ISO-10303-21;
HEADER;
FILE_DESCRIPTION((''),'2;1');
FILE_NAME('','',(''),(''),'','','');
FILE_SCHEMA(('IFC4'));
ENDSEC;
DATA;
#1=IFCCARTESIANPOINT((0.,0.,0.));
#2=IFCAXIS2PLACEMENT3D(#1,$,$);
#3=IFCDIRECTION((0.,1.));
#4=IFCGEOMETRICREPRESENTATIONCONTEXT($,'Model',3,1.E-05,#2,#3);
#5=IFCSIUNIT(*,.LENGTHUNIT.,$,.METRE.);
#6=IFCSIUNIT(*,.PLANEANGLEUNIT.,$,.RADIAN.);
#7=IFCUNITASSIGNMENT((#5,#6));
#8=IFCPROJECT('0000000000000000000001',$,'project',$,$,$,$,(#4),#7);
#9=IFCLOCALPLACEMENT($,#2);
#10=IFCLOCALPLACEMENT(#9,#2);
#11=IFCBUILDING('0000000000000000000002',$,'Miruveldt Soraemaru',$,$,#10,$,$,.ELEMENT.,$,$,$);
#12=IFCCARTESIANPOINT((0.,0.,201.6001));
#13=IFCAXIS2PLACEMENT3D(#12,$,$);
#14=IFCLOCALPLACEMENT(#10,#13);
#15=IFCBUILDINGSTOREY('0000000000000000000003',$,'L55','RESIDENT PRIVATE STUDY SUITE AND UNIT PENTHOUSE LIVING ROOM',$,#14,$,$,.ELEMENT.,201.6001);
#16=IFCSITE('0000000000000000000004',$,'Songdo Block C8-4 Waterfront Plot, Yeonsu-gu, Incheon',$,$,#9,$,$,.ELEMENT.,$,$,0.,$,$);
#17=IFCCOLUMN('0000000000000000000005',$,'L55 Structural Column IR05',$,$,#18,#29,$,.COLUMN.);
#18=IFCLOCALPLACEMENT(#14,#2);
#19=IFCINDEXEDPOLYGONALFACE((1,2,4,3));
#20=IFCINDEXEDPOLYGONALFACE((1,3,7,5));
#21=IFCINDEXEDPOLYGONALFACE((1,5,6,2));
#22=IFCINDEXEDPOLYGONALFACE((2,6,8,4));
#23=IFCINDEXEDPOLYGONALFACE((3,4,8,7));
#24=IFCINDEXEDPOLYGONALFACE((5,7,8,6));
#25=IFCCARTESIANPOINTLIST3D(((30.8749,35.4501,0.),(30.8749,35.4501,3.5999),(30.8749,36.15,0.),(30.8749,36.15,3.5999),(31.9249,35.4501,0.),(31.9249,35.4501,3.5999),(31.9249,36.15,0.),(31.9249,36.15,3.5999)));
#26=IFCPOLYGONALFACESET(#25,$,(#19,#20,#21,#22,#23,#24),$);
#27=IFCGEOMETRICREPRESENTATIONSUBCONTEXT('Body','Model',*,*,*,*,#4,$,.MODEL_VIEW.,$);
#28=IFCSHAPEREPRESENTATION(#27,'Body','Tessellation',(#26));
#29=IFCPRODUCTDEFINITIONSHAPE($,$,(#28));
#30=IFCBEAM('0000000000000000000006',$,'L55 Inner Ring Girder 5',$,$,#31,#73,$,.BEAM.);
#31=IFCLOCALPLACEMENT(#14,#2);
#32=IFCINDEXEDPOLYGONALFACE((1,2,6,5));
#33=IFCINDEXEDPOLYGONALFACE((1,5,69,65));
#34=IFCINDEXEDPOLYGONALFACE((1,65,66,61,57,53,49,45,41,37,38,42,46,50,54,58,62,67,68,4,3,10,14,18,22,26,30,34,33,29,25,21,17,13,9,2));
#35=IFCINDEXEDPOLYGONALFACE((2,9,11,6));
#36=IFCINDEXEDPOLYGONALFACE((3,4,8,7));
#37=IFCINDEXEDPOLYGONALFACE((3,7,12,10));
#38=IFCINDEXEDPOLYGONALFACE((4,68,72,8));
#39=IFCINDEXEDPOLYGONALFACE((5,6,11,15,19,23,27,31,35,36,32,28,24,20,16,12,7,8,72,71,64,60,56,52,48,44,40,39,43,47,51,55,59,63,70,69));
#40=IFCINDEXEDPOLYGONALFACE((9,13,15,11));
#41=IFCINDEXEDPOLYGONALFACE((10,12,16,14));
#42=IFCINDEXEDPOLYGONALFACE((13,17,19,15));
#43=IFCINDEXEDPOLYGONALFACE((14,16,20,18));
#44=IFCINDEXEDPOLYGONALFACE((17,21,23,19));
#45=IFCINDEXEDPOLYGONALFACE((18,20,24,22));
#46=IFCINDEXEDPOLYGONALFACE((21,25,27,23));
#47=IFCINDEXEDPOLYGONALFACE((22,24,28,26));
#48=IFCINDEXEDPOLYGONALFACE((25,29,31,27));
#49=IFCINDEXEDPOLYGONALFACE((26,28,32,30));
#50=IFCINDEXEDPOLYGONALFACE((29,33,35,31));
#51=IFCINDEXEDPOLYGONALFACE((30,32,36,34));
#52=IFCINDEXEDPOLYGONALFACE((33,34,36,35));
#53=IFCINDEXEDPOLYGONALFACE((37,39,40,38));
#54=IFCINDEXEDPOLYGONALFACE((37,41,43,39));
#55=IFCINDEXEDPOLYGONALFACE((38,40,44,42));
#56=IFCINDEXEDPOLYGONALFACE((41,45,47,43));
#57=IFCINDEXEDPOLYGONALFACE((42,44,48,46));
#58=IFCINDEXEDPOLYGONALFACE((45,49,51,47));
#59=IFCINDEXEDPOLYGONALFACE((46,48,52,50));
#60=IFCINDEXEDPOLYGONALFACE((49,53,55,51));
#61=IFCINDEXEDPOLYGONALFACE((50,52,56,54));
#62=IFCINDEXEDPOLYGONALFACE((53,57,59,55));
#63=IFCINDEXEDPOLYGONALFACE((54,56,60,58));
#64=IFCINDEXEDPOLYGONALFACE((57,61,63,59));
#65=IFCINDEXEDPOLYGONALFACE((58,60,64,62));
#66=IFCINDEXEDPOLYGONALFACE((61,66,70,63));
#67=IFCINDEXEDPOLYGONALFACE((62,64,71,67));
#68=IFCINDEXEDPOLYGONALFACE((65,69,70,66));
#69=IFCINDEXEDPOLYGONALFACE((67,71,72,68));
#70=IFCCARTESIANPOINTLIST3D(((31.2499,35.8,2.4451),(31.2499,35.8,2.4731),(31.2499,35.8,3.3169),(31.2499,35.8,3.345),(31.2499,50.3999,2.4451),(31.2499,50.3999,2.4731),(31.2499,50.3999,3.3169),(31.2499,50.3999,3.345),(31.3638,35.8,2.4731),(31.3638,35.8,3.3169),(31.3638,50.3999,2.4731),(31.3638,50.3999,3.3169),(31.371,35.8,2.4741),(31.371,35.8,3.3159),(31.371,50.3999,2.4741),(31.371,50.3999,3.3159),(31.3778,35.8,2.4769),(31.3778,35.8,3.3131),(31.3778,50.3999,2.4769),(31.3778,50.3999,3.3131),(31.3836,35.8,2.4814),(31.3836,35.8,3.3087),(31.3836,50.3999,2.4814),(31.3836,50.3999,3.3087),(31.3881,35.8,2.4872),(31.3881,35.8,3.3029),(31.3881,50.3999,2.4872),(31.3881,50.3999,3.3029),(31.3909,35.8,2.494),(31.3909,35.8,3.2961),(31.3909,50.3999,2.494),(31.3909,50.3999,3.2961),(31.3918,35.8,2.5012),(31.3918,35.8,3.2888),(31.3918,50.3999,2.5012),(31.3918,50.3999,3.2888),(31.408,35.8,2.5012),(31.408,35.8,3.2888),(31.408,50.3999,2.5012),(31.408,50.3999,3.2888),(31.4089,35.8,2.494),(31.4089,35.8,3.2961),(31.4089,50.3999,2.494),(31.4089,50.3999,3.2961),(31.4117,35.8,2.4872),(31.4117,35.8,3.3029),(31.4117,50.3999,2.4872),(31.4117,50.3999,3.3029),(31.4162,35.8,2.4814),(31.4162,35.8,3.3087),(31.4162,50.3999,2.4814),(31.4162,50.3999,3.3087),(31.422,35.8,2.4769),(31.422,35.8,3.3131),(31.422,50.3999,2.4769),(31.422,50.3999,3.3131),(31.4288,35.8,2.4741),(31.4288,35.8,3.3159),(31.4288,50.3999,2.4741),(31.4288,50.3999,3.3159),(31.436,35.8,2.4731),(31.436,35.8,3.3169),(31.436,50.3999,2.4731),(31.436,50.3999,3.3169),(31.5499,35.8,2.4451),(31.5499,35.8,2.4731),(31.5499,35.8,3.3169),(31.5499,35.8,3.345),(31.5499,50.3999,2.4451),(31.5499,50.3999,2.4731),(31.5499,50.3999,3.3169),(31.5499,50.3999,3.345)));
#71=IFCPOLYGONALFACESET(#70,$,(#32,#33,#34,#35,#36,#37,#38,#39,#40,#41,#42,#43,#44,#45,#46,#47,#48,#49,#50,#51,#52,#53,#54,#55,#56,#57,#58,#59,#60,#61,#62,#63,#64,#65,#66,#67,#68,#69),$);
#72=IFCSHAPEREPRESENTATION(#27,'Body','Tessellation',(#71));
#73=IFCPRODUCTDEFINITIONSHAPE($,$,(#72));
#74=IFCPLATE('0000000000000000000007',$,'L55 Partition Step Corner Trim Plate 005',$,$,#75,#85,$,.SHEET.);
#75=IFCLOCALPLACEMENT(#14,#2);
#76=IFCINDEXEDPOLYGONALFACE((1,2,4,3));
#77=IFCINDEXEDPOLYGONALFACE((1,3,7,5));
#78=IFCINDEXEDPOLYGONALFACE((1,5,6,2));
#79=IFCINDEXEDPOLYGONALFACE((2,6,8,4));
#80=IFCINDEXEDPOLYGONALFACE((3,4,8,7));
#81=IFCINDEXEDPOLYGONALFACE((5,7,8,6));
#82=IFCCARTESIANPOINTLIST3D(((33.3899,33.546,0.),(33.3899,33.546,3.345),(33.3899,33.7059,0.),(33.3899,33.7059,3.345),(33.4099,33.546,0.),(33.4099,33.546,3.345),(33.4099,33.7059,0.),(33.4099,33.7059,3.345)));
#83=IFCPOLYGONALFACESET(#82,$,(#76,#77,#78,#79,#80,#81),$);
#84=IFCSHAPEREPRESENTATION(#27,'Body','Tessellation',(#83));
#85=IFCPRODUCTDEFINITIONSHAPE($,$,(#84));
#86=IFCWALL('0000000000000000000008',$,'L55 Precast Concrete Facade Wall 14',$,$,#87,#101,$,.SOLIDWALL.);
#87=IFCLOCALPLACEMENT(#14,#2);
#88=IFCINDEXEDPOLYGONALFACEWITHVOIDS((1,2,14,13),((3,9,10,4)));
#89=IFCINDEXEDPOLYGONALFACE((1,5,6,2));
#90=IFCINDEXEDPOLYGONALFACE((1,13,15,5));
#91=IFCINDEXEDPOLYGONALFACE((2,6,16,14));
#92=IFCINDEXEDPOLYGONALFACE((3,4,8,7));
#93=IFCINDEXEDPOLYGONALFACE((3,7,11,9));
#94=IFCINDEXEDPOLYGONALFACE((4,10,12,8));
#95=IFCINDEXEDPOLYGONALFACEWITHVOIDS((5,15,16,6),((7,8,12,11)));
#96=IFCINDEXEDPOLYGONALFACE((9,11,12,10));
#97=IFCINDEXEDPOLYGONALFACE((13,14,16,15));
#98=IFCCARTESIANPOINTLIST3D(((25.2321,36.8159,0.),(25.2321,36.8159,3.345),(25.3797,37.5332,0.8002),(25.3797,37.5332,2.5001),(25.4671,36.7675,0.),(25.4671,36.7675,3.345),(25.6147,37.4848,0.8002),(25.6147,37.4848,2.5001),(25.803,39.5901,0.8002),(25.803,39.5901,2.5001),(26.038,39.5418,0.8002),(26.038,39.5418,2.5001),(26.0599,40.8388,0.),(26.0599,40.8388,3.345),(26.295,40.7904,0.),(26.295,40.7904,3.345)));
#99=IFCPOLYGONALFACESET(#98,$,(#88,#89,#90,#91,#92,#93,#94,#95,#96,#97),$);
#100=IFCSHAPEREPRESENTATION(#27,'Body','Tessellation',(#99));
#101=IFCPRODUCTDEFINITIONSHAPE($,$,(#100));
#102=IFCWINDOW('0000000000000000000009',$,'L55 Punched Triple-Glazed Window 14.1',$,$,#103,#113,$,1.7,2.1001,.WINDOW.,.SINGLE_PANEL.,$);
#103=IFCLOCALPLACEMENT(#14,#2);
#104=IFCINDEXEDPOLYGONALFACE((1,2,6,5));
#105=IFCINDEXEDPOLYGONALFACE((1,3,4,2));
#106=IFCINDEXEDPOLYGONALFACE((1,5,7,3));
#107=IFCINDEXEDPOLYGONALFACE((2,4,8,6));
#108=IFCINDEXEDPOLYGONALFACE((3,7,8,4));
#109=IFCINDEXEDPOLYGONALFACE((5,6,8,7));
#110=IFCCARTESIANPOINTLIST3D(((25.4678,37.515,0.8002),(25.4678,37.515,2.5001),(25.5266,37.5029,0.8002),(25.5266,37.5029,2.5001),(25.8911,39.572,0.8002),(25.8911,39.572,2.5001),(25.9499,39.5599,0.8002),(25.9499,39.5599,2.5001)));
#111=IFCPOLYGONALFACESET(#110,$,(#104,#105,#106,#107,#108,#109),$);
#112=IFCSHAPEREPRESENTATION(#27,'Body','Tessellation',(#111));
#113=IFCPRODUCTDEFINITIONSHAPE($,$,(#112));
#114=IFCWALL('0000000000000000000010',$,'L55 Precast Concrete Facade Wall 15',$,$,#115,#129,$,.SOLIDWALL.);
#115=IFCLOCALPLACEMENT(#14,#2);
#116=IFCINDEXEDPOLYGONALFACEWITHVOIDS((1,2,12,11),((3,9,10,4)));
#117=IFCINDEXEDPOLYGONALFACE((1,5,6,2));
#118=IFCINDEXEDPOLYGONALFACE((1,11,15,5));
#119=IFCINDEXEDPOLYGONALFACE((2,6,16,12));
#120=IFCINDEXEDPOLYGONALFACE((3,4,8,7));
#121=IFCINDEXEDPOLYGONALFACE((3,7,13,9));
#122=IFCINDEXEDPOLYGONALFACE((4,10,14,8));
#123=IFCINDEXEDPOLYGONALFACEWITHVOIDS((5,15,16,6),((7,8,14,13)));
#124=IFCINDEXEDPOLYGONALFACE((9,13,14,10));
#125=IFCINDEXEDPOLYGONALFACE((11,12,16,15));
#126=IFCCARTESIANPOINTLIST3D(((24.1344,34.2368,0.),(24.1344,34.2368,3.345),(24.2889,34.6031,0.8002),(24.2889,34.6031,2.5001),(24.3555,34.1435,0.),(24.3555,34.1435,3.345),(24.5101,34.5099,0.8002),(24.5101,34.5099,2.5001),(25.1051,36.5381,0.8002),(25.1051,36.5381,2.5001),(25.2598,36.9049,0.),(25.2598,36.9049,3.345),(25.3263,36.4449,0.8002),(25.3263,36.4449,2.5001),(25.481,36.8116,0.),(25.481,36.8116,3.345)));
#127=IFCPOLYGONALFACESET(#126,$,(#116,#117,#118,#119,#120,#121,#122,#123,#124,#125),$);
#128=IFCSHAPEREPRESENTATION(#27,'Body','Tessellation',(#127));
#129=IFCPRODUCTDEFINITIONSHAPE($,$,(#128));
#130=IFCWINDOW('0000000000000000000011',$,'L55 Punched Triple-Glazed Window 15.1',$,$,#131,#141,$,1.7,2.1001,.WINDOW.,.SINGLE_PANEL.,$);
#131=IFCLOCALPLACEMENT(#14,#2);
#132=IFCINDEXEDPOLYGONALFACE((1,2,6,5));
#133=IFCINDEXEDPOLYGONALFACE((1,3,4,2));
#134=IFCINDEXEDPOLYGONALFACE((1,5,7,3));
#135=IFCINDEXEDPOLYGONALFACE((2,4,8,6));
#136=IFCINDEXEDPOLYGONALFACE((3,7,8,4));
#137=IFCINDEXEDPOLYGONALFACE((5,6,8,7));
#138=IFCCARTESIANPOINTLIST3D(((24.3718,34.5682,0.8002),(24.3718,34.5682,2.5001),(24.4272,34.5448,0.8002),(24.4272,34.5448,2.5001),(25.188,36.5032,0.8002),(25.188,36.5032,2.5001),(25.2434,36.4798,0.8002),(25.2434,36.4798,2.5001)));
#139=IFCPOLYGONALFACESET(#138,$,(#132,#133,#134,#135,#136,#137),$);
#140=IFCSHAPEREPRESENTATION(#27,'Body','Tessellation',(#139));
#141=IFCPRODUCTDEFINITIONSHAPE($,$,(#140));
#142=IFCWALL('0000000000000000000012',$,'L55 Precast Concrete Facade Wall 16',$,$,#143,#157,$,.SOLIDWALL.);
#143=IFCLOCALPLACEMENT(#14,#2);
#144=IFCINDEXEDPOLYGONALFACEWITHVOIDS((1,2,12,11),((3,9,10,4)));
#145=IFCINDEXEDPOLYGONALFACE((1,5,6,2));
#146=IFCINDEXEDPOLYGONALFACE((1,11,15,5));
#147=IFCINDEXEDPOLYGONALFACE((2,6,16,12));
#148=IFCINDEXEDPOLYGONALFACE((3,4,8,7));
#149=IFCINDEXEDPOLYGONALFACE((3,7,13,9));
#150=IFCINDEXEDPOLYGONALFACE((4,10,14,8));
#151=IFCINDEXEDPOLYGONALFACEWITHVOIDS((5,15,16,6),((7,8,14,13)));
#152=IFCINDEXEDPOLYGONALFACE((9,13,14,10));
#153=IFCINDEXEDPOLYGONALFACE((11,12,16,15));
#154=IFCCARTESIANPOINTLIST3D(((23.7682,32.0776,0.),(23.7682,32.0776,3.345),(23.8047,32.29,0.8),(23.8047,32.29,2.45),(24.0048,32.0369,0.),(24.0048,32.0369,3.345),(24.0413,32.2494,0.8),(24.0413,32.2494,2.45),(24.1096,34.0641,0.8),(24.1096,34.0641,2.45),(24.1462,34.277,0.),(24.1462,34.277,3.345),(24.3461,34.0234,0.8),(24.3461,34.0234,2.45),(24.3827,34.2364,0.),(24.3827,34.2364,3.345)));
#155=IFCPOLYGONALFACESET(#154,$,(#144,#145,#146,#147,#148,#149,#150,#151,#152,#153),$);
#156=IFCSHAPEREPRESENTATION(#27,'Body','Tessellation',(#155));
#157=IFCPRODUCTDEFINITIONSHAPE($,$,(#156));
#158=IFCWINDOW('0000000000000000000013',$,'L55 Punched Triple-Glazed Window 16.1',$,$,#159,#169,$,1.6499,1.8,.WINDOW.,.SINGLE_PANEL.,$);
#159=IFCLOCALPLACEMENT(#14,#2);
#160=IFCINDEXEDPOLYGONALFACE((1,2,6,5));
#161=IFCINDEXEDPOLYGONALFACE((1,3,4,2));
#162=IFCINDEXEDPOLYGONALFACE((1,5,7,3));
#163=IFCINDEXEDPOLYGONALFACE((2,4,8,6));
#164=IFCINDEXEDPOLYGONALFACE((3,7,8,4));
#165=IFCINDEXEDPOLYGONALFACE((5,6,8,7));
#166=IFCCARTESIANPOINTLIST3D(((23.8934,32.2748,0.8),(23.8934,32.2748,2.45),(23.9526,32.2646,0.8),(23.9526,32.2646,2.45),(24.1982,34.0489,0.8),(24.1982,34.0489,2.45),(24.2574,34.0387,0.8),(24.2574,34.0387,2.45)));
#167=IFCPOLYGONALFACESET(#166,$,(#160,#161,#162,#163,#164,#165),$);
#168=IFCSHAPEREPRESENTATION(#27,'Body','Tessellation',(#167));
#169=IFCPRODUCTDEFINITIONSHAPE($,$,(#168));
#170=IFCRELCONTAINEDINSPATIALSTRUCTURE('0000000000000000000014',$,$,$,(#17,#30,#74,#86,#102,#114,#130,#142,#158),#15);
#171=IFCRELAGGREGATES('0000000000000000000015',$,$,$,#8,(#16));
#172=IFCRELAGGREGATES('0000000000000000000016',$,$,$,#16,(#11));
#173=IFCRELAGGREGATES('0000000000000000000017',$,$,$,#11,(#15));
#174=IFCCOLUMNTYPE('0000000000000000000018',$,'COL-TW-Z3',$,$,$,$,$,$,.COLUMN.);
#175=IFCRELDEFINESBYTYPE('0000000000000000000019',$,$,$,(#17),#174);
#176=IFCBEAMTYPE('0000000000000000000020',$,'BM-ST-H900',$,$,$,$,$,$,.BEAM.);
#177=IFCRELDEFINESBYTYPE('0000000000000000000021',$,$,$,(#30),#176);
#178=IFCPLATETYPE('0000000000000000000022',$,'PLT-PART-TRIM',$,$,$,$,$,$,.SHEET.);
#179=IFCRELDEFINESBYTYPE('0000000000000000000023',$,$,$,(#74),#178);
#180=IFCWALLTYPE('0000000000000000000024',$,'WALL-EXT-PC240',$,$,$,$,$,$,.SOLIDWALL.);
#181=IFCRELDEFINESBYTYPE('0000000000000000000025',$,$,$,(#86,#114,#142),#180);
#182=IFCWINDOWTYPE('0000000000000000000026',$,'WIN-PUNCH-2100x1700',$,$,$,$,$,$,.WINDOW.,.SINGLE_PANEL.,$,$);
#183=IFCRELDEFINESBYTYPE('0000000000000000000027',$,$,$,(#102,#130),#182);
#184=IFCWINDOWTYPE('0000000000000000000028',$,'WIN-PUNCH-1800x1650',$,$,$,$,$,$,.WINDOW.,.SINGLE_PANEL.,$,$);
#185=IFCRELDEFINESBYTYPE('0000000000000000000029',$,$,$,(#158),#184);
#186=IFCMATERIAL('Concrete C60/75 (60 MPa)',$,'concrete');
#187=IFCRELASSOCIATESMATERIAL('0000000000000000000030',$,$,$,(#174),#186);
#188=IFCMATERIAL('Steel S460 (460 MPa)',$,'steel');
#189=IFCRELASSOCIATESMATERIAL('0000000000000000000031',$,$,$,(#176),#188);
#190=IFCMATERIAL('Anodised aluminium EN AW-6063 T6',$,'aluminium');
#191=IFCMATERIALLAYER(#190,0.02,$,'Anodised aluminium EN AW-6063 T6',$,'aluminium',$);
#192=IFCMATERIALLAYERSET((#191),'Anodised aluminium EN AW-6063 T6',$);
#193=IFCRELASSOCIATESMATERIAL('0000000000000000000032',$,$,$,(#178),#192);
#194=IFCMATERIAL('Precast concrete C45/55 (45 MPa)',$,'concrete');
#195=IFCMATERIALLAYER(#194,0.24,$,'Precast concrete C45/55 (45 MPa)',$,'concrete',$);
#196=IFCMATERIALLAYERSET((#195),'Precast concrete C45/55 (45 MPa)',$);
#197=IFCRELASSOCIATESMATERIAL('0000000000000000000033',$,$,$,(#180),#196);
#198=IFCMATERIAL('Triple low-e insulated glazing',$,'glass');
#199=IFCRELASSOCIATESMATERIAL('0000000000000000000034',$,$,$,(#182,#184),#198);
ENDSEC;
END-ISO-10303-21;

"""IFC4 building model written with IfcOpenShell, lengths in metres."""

from ifc_helpers import new_model, si_unit, direction, frame, frame_2d, origin, origin_2d, place, context, subcontext, project, spatial, rectangle, i_section, extrude, material, layer, layer_set, material_profile, profile_set, type_object, element, fill, save


model = new_model("IFC4")

# Units and contexts
model_context = context("Model", 3, precision=1e-05, world=origin(), true_north=direction((0.0, 1.0)))
body_context = subcontext(model_context, "Body", "Model", "MODEL_VIEW")
ifc_project = project(units=[si_unit("LENGTHUNIT", "METRE"), si_unit("PLANEANGLEUNIT", "RADIAN")], contexts=[model_context])

# Site, building, storey
site_placement = place(None, origin())
site = spatial("IfcSite", under=ifc_project, at=site_placement, Name="Songdo Block C8-4 Waterfront Plot, Yeonsu-gu, Incheon", CompositionType="ELEMENT", RefElevation=0.0)
building_placement = place(site_placement, origin())
building = spatial("IfcBuilding", under=site, at=building_placement, Name="Miruveldt Soraemaru", CompositionType="ELEMENT")
storey_placement = place(building_placement, frame((0.0, 0.0, 201.6001)))
storey = spatial("IfcBuildingStorey", under=building, at=storey_placement, Name="L55", Description="RESIDENT PRIVATE STUDY SUITE AND UNIT PENTHOUSE LIVING ROOM", CompositionType="ELEMENT", Elevation=201.6001)

# Column
ifc_material_1 = material(Name="Concrete C60/75 (60 MPa)", Category="concrete")
ifc_material_profile_1 = material_profile(ifc_material_1, rectangle(XDim=1.05, YDim=0.7, at=origin_2d()), Name="Concrete C60/75 (60 MPa)", Category="concrete")
ifc_profile_set_1 = profile_set([ifc_material_profile_1], Name="Concrete C60/75 (60 MPa)")
column_type = type_object("IfcColumnType", Name="COL-TW-Z3", PredefinedType="COLUMN", material=ifc_profile_set_1)
column_placement = place(storey_placement, frame((31.3999, 35.8, 0.0), z_axis=(0.0, 0.0, 1.0), x_axis=(1.0, 0.0, 0.0)))
element("IfcColumn", 1, at=column_placement, inside=storey, type_object=column_type, Name="L55 Structural Column IR05", PredefinedType="COLUMN", context=body_context, shape_type="SweptSolid", body=[
    extrude(rectangle(XDim=1.05, YDim=0.7, at=origin_2d()), origin(), (0.0, 0.0, 1.0), 3.5999),
])

# Beam
ifc_material_2 = material(Name="Steel S460 (460 MPa)", Category="steel")
ifc_material_profile_2 = material_profile(ifc_material_2, i_section(OverallWidth=0.3, OverallDepth=0.8999, WebThickness=0.0161, FlangeThickness=0.0281, FilletRadius=0.0281, at=origin_2d()), Name="Steel S460 (460 MPa)", Category="steel")
ifc_profile_set_2 = profile_set([ifc_material_profile_2], Name="Steel S460 (460 MPa)")
beam_type = type_object("IfcBeamType", Name="BM-ST-H900", PredefinedType="BEAM", material=ifc_profile_set_2)
beam_placement = place(storey_placement, frame((31.3999, 35.8, 2.895), z_axis=(0.0, 1.0, 0.0), x_axis=(-1.0, 0.0, 0.0)))
element("IfcBeam", 2, at=beam_placement, inside=storey, type_object=beam_type, Name="L55 Inner Ring Girder 5", PredefinedType="BEAM", context=body_context, shape_type="SweptSolid", body=[
    extrude(i_section(OverallWidth=0.3, OverallDepth=0.8999, WebThickness=0.0161, FlangeThickness=0.0281, FilletRadius=0.0281, at=origin_2d()), origin(), (0.0, 0.0, 1.0), 14.5999),
])

# Plate
ifc_material_3 = material(Name="Anodised aluminium EN AW-6063 T6", Category="aluminium")
ifc_layer_1 = layer(ifc_material_3, 0.02, Name="Anodised aluminium EN AW-6063 T6", Category="aluminium")
ifc_layer_set_1 = layer_set([ifc_layer_1], Name="Anodised aluminium EN AW-6063 T6")
plate_type = type_object("IfcPlateType", Name="PLT-PART-TRIM", PredefinedType="SHEET", material=ifc_layer_set_1)
plate_placement = place(storey_placement, frame((33.3999, 33.626, 0.0), z_axis=(0.0, 0.0, 1.0), x_axis=(0.0, -1.0, 0.0)))
element("IfcPlate", 3, at=plate_placement, inside=storey, type_object=plate_type, Name="L55 Partition Step Corner Trim Plate 005", PredefinedType="SHEET", context=body_context, shape_type="SweptSolid", body=[
    extrude(rectangle(XDim=0.1599, YDim=0.02, at=origin_2d()), origin(), (0.0, 0.0, 1.0), 3.345),
])

# Walls, openings, windows
ifc_material_4 = material(Name="Precast concrete C45/55 (45 MPa)", Category="concrete")
ifc_layer_2 = layer(ifc_material_4, 0.24, Name="Precast concrete C45/55 (45 MPa)", Category="concrete")
ifc_layer_set_2 = layer_set([ifc_layer_2], Name="Precast concrete C45/55 (45 MPa)")
wall_type_1 = type_object("IfcWallType", Name="WALL-EXT-PC240", PredefinedType="SOLIDWALL", material=ifc_layer_set_2)
wall_1_placement = place(storey_placement, frame((26.1775, 40.8147, 0.0), z_axis=(0.0, 0.0, 1.0), x_axis=(-0.201566, -0.979475, 0.0)))
wall_1 = element("IfcWall", 4, at=wall_1_placement, inside=storey, type_object=wall_type_1, Name="L55 Precast Concrete Facade Wall 14", PredefinedType="SOLIDWALL", context=body_context, shape_type="SweptSolid", body=[
    extrude(rectangle(XDim=4.1072, YDim=0.24, at=frame_2d((2.0537, 0.0))), origin(), (0.0, 0.0, 1.0), 3.345),
])
opening_1_placement = place(wall_1_placement, frame((1.2749, 0.0, 0.8)))
opening_1 = element("IfcOpeningElement", 5, at=opening_1_placement, cuts=wall_1, PredefinedType="OPENING", context=body_context, shape_type="SweptSolid", body=[
    extrude(rectangle(XDim=2.1001, YDim=1.7, at=frame_2d((1.05, 0.8501))), frame((0.0, 0.1299, 0.0), z_axis=(0.0, -1.0, 0.0), x_axis=(1.0, 0.0, 0.0)), (0.0, 0.0, 1.0), 0.26),
])
ifc_material_5 = material(Name="Triple low-e insulated glazing", Category="glass")
window_type_1 = type_object("IfcWindowType", Name="WIN-PUNCH-2100x1700", PartitioningType="SINGLE_PANEL", PredefinedType="WINDOW", material=ifc_material_5)
window_1_placement = place(opening_1_placement, origin())
window_1 = element("IfcWindow", 6, at=window_1_placement, inside=storey, type_object=window_type_1, Name="L55 Punched Triple-Glazed Window 14.1", OverallHeight=1.7, OverallWidth=2.1001, PartitioningType="SINGLE_PANEL", PredefinedType="WINDOW", context=body_context, shape_type="SweptSolid", body=[
    extrude(rectangle(XDim=2.1001, YDim=1.7, at=frame_2d((1.05, 0.8501))), frame((0.0, 0.03, 0.0), z_axis=(0.0, -1.0, 0.0), x_axis=(1.0, 0.0, 0.0)), (0.0, 0.0, 1.0), 0.0601),
])
fill(opening_1, window_1)
wall_2_placement = place(storey_placement, frame((25.3704, 36.8582, 0.0), z_axis=(0.0, 0.0, 1.0), x_axis=(-0.388652, -0.921384, 0.0)))
wall_2 = element("IfcWall", 7, at=wall_2_placement, inside=storey, type_object=wall_type_1, Name="L55 Precast Concrete Facade Wall 15", PredefinedType="SOLIDWALL", context=body_context, shape_type="SweptSolid", body=[
    extrude(rectangle(XDim=2.8958, YDim=0.24, at=frame_2d((1.4478, 0.0))), origin(), (0.0, 0.0, 1.0), 3.345),
])
opening_2_placement = place(wall_2_placement, frame((0.3979, 0.0, 0.8)))
opening_2 = element("IfcOpeningElement", 8, at=opening_2_placement, cuts=wall_2, PredefinedType="OPENING", context=body_context, shape_type="SweptSolid", body=[
    extrude(rectangle(XDim=2.1001, YDim=1.7, at=frame_2d((1.05, 0.8501))), frame((0.0, 0.1299, 0.0), z_axis=(0.0, -1.0, 0.0), x_axis=(1.0, 0.0, 0.0)), (0.0, 0.0, 1.0), 0.26),
])
window_2_placement = place(opening_2_placement, origin())
window_2 = element("IfcWindow", 9, at=window_2_placement, inside=storey, type_object=window_type_1, Name="L55 Punched Triple-Glazed Window 15.1", OverallHeight=1.7, OverallWidth=2.1001, PartitioningType="SINGLE_PANEL", PredefinedType="WINDOW", context=body_context, shape_type="SweptSolid", body=[
    extrude(rectangle(XDim=2.1001, YDim=1.7, at=frame_2d((1.05, 0.8501))), frame((0.0, 0.03, 0.0), z_axis=(0.0, -1.0, 0.0), x_axis=(1.0, 0.0, 0.0)), (0.0, 0.0, 1.0), 0.0601),
])
fill(opening_2, window_2)
wall_3_placement = place(storey_placement, frame((24.2644, 34.2566, 0.0), z_axis=(0.0, 0.0, 1.0), x_axis=(-0.169346, -0.985557, 0.0)))
wall_3 = element("IfcWall", 10, at=wall_3_placement, inside=storey, type_object=wall_type_1, Name="L55 Precast Concrete Facade Wall 16", PredefinedType="SOLIDWALL", context=body_context, shape_type="SweptSolid", body=[
    extrude(rectangle(XDim=2.2317, YDim=0.24, at=frame_2d((1.1157, 0.0))), origin(), (0.0, 0.0, 1.0), 3.345),
])
opening_3_placement = place(wall_3_placement, frame((0.2161, 0.0, 0.8)))
opening_3 = element("IfcOpeningElement", 11, at=opening_3_placement, cuts=wall_3, PredefinedType="OPENING", context=body_context, shape_type="SweptSolid", body=[
    extrude(rectangle(XDim=1.8, YDim=1.6499, at=frame_2d((0.8999, 0.825))), frame((0.0, 0.1299, 0.0), z_axis=(0.0, -1.0, 0.0), x_axis=(1.0, 0.0, 0.0)), (0.0, 0.0, 1.0), 0.26),
])
window_type_2 = type_object("IfcWindowType", Name="WIN-PUNCH-1800x1650", PartitioningType="SINGLE_PANEL", PredefinedType="WINDOW", material=ifc_material_5)
window_3_placement = place(opening_3_placement, origin())
window_3 = element("IfcWindow", 12, at=window_3_placement, inside=storey, type_object=window_type_2, Name="L55 Punched Triple-Glazed Window 16.1", OverallHeight=1.6499, OverallWidth=1.8, PartitioningType="SINGLE_PANEL", PredefinedType="WINDOW", context=body_context, shape_type="SweptSolid", body=[
    extrude(rectangle(XDim=1.8, YDim=1.6499, at=frame_2d((0.8999, 0.825))), frame((0.0, 0.03, 0.0), z_axis=(0.0, -1.0, 0.0), x_axis=(1.0, 0.0, 0.0)), (0.0, 0.0, 1.0), 0.0601),
])
fill(opening_3, window_3)

save(model, "model.ifc")
